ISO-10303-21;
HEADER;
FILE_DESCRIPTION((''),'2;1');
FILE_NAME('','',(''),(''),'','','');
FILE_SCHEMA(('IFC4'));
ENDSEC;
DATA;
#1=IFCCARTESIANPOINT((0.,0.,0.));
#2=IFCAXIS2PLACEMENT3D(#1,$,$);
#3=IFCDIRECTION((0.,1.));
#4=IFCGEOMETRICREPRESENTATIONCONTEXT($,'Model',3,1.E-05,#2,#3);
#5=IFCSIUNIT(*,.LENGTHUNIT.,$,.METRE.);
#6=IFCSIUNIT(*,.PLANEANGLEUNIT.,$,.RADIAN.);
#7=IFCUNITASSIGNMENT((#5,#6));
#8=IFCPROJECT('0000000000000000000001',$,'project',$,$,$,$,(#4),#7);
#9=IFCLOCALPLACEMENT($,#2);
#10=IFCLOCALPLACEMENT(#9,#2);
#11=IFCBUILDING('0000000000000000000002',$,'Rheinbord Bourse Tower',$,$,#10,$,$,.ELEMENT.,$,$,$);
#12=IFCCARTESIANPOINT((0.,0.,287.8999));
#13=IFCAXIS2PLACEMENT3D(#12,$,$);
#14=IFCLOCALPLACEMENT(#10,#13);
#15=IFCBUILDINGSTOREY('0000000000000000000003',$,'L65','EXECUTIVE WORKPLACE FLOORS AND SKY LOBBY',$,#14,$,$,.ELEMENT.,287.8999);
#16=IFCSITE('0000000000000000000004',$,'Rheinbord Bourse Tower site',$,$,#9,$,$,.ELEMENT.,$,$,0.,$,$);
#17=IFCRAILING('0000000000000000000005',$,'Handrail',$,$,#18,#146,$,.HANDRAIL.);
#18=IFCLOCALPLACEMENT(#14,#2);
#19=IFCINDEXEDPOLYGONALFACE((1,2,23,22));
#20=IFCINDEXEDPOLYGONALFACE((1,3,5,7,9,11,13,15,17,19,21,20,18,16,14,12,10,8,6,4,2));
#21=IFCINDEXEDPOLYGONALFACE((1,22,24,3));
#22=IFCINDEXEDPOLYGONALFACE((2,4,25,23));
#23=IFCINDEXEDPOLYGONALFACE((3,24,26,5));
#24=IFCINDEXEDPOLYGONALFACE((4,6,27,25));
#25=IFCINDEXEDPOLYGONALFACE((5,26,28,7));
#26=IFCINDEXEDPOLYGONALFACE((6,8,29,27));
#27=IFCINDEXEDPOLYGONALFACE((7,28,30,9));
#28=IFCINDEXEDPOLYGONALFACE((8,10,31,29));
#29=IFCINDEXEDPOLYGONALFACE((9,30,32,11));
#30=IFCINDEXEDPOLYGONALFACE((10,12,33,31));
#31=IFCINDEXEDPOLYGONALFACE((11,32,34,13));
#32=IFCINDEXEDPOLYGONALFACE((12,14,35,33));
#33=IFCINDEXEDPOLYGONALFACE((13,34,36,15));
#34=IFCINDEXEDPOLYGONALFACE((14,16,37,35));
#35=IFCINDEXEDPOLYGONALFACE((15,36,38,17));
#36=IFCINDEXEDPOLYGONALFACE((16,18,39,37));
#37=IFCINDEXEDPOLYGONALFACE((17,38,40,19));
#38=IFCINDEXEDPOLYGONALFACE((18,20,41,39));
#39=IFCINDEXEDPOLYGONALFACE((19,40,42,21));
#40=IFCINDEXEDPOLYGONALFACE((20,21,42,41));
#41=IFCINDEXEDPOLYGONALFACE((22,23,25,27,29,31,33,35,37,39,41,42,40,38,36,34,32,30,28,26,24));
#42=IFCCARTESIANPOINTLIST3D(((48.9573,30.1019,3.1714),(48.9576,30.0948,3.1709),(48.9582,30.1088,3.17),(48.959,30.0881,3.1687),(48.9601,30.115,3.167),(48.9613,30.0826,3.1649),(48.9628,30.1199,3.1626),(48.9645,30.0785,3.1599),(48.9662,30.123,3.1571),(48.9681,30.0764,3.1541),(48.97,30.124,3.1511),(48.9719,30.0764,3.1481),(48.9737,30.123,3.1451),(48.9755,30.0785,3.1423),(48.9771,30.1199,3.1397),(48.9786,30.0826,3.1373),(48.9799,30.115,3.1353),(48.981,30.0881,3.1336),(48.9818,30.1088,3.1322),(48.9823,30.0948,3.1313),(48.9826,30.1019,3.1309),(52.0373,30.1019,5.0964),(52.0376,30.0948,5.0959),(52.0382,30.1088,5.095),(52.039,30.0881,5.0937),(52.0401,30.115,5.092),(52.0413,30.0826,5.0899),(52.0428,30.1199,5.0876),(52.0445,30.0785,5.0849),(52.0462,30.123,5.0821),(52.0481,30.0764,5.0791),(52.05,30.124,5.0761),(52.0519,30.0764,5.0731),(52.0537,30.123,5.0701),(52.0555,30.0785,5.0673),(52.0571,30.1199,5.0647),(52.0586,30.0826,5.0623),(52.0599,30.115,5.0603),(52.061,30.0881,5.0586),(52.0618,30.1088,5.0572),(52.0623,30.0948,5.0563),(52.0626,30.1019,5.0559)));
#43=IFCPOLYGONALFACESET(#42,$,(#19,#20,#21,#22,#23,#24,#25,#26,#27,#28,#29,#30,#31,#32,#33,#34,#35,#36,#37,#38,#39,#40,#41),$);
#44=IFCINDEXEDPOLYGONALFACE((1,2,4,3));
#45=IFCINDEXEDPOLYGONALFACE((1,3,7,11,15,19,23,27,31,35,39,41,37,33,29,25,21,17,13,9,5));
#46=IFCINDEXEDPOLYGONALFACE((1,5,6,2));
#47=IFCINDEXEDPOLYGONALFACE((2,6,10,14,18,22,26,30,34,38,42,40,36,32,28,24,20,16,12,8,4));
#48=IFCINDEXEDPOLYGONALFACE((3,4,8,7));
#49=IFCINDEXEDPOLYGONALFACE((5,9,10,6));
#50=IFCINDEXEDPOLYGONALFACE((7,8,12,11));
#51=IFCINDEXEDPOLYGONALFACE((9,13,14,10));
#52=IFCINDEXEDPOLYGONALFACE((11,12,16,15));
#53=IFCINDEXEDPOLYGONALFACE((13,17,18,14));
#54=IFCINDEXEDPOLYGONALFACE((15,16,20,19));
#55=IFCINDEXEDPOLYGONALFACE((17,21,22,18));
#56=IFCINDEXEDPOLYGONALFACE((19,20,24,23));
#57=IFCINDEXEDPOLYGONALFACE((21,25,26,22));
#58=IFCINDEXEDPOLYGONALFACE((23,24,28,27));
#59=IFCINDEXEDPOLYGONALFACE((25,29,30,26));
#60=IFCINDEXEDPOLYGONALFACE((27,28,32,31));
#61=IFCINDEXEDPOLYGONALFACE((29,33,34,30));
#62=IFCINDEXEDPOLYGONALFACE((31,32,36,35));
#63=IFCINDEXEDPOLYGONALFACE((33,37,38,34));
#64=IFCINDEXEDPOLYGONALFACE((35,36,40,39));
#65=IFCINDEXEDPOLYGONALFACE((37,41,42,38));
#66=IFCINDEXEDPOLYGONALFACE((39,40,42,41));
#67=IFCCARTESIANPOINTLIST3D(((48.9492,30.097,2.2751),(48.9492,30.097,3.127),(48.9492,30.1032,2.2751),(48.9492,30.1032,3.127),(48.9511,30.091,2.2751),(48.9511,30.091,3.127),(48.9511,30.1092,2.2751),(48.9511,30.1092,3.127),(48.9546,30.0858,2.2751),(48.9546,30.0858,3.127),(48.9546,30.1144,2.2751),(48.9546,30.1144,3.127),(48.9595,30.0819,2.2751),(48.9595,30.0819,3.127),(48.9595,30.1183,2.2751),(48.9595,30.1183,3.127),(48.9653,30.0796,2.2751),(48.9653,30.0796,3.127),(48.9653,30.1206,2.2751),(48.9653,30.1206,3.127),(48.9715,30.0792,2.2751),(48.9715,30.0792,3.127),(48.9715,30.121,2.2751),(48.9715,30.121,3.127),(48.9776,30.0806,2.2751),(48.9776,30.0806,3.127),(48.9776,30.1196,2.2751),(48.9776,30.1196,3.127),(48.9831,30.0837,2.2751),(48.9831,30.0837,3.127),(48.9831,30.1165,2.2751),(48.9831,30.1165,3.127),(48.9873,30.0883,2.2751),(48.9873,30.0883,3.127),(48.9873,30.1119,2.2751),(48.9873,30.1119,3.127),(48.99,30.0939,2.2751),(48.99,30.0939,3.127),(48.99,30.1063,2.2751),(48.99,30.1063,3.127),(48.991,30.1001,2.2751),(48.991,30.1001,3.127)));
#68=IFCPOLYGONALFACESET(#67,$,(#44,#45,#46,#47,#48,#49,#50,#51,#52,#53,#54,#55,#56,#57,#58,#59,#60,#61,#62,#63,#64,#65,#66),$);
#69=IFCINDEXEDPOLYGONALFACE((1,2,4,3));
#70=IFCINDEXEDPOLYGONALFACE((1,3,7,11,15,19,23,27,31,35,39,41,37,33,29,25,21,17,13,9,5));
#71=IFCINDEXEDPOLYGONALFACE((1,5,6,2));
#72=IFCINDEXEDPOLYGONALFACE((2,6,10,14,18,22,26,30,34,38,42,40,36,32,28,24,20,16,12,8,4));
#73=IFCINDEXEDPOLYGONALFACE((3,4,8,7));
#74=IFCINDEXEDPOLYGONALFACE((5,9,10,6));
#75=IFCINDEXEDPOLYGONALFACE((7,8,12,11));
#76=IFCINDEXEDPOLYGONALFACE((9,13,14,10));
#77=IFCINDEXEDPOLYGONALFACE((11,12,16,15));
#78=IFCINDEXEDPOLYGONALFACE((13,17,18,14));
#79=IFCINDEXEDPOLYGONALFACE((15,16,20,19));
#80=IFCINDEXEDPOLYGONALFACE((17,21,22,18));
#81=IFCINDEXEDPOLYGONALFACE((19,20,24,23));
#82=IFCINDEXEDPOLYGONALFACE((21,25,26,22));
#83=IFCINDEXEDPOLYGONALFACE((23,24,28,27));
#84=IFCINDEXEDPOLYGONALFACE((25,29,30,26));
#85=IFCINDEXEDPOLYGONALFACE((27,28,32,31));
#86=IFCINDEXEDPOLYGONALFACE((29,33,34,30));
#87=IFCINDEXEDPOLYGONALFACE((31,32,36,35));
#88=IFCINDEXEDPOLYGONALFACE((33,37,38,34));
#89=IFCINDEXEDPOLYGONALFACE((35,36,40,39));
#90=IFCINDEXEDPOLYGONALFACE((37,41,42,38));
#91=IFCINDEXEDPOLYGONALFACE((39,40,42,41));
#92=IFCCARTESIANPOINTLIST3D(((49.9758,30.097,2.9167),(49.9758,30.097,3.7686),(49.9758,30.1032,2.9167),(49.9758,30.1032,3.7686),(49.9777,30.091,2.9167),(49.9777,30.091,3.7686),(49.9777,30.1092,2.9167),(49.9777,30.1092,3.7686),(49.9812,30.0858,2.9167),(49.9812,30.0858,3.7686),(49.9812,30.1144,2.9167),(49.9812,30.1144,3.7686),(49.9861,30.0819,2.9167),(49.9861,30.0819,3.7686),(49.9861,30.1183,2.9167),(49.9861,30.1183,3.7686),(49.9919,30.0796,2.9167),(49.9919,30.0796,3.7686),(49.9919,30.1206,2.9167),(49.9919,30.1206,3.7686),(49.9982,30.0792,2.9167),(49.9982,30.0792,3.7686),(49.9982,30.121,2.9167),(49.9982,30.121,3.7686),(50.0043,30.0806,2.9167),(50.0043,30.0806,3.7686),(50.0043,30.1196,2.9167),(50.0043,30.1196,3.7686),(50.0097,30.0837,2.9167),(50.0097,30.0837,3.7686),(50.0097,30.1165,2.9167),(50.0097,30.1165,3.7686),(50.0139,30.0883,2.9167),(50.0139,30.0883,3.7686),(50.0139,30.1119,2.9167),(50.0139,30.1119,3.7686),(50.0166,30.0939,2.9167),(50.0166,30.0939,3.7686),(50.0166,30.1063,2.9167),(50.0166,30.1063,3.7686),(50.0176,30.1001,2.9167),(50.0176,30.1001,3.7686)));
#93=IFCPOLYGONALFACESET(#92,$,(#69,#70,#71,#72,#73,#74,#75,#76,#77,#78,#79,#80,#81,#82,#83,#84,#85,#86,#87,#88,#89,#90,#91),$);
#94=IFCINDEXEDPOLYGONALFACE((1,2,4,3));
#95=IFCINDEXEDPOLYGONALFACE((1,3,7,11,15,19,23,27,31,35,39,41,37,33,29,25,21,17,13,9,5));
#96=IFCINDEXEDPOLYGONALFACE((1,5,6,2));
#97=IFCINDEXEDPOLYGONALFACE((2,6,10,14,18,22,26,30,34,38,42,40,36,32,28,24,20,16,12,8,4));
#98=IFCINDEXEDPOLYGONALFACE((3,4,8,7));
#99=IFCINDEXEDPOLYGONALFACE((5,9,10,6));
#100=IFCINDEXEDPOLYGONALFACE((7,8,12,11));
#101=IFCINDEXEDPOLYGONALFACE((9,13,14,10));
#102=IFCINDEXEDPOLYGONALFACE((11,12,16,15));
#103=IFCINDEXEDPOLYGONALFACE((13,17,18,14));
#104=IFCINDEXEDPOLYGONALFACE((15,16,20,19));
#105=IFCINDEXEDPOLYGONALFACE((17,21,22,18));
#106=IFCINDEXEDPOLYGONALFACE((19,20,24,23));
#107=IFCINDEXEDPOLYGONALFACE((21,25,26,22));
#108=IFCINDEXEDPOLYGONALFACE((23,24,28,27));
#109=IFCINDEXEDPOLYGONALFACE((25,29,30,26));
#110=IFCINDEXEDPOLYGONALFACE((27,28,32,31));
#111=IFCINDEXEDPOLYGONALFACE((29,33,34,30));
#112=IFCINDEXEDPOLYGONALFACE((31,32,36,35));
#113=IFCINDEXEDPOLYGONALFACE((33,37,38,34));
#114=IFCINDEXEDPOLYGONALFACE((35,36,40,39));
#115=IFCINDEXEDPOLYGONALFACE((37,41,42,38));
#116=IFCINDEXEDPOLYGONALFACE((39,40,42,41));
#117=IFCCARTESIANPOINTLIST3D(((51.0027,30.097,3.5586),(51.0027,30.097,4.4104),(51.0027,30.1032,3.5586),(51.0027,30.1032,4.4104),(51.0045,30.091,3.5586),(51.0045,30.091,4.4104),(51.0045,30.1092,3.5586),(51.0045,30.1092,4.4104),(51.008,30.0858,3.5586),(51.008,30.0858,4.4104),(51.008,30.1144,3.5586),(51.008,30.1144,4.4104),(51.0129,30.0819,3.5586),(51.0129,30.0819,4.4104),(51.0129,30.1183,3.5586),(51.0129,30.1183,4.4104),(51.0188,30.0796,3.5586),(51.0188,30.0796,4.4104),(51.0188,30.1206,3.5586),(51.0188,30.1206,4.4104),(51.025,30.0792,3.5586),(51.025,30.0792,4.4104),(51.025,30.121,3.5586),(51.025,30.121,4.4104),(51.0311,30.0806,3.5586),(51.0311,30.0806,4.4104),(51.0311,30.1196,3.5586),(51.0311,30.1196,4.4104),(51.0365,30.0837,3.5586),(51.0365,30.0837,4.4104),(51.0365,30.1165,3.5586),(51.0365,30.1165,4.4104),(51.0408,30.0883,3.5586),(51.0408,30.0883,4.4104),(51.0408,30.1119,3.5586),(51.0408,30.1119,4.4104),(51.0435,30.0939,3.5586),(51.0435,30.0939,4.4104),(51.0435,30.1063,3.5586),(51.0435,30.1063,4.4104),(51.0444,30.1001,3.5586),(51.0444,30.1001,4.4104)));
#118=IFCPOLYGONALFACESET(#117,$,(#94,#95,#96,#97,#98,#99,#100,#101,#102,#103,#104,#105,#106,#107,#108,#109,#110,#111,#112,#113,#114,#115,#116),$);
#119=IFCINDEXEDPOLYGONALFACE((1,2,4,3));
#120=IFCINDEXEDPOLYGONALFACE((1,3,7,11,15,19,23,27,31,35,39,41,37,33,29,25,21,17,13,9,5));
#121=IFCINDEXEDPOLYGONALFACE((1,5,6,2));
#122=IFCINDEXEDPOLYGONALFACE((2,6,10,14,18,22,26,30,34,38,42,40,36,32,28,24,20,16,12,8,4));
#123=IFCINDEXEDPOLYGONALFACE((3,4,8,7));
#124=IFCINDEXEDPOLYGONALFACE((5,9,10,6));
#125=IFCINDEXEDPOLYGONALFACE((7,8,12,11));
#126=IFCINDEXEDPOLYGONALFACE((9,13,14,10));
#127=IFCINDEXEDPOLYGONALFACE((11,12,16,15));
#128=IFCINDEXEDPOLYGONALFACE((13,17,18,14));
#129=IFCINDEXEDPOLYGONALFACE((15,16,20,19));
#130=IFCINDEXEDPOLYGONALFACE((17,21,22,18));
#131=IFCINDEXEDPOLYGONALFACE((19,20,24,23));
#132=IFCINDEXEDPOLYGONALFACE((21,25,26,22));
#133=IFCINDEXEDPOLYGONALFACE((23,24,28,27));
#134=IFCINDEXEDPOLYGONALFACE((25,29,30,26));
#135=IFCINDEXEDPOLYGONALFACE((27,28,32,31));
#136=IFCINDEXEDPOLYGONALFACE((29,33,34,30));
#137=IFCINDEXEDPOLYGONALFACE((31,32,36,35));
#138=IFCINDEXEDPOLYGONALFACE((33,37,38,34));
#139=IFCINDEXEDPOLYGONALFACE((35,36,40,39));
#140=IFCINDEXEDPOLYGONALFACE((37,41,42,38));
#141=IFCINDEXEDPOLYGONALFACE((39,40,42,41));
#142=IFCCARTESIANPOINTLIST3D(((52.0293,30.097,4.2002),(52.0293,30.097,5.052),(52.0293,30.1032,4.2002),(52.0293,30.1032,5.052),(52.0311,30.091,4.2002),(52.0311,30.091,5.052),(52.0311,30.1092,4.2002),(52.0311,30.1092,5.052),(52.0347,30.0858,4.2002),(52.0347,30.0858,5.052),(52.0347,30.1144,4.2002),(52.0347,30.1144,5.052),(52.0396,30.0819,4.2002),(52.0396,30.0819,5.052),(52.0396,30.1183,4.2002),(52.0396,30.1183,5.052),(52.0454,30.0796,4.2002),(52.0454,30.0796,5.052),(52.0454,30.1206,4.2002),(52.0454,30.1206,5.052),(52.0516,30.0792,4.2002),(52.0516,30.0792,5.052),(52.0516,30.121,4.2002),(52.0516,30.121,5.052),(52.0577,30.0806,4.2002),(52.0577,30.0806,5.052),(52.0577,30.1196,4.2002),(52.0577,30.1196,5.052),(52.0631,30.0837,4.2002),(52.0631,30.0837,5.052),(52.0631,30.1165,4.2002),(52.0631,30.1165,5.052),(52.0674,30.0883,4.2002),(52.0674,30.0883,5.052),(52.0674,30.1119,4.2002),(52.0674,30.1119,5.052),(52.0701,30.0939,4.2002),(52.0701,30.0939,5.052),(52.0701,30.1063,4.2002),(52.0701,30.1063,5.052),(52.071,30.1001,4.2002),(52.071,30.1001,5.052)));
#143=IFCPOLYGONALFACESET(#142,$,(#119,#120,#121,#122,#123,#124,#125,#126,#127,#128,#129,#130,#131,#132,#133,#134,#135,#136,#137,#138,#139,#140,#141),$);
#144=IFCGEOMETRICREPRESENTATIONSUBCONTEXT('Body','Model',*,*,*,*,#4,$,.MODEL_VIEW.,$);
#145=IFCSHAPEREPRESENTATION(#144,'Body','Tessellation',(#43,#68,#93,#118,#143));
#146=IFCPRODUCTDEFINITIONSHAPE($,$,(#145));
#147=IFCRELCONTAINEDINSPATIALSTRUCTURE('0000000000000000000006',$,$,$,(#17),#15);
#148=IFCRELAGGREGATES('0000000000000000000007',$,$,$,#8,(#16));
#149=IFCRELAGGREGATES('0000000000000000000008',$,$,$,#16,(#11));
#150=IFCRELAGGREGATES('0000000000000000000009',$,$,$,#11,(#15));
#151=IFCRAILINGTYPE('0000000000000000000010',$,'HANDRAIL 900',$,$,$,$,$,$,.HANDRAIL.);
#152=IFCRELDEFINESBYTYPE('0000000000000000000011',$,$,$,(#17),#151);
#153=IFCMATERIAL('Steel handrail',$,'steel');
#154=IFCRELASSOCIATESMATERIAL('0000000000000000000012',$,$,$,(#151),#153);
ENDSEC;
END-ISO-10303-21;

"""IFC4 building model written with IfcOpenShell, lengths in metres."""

from ifc_helpers import new_model, si_unit, direction, frame, origin, origin_2d, place, context, subcontext, project, spatial, circle, extrude, material, type_object, element, save


model = new_model("IFC4")

# Units and contexts
model_context = context("Model", 3, precision=1e-05, world=origin(), true_north=direction((0.0, 1.0)))
body_context = subcontext(model_context, "Body", "Model", "MODEL_VIEW")
ifc_project = project(units=[si_unit("LENGTHUNIT", "METRE"), si_unit("PLANEANGLEUNIT", "RADIAN")], contexts=[model_context])

# Site, building, storey
site_placement = place(None, origin())
site = spatial("IfcSite", under=ifc_project, at=site_placement, Name="Rheinbord Bourse Tower site", CompositionType="ELEMENT", RefElevation=0.0)
building_placement = place(site_placement, origin())
building = spatial("IfcBuilding", under=site, at=building_placement, Name="Rheinbord Bourse Tower", CompositionType="ELEMENT")
storey_placement = place(building_placement, frame((0.0, 0.0, 287.8999)))
storey = spatial("IfcBuildingStorey", under=building, at=storey_placement, Name="L65", Description="EXECUTIVE WORKPLACE FLOORS AND SKY LOBBY", CompositionType="ELEMENT", Elevation=287.8999)

# Railing
ifc_material_1 = material(Name="Steel handrail", Category="steel")
railing_type = type_object("IfcRailingType", Name="HANDRAIL 900", PredefinedType="HANDRAIL", material=ifc_material_1)
railing_1_placement = place(storey_placement, frame((48.97, 30.1001, 2.2751)))
element("IfcRailing", 1, at=railing_1_placement, inside=storey, type_object=railing_type, Name="Handrail", PredefinedType="HANDRAIL", context=body_context, shape_type="SweptSolid", body=[
    extrude(circle(Radius=0.0239, at=origin_2d()), frame((0.0, 0.0, 0.876), z_axis=(0.847998, 0.0, 0.529999), x_axis=(0.0, 1.0, 0.0)), (0.0, 0.0, 1.0), 3.6321),
    extrude(circle(Radius=0.021, at=origin_2d()), origin(), (0.0, 0.0, 1.0), 0.8518),
    extrude(circle(Radius=0.021, at=origin_2d()), frame((1.0266, 0.0, 0.6416)), (0.0, 0.0, 1.0), 0.8518),
    extrude(circle(Radius=0.021, at=origin_2d()), frame((2.0535, 0.0, 1.2834)), (0.0, 0.0, 1.0), 0.8518),
    extrude(circle(Radius=0.021, at=origin_2d()), frame((3.0801, 0.0, 1.925)), (0.0, 0.0, 1.0), 0.8518),
])

save(model, "model.ifc")
